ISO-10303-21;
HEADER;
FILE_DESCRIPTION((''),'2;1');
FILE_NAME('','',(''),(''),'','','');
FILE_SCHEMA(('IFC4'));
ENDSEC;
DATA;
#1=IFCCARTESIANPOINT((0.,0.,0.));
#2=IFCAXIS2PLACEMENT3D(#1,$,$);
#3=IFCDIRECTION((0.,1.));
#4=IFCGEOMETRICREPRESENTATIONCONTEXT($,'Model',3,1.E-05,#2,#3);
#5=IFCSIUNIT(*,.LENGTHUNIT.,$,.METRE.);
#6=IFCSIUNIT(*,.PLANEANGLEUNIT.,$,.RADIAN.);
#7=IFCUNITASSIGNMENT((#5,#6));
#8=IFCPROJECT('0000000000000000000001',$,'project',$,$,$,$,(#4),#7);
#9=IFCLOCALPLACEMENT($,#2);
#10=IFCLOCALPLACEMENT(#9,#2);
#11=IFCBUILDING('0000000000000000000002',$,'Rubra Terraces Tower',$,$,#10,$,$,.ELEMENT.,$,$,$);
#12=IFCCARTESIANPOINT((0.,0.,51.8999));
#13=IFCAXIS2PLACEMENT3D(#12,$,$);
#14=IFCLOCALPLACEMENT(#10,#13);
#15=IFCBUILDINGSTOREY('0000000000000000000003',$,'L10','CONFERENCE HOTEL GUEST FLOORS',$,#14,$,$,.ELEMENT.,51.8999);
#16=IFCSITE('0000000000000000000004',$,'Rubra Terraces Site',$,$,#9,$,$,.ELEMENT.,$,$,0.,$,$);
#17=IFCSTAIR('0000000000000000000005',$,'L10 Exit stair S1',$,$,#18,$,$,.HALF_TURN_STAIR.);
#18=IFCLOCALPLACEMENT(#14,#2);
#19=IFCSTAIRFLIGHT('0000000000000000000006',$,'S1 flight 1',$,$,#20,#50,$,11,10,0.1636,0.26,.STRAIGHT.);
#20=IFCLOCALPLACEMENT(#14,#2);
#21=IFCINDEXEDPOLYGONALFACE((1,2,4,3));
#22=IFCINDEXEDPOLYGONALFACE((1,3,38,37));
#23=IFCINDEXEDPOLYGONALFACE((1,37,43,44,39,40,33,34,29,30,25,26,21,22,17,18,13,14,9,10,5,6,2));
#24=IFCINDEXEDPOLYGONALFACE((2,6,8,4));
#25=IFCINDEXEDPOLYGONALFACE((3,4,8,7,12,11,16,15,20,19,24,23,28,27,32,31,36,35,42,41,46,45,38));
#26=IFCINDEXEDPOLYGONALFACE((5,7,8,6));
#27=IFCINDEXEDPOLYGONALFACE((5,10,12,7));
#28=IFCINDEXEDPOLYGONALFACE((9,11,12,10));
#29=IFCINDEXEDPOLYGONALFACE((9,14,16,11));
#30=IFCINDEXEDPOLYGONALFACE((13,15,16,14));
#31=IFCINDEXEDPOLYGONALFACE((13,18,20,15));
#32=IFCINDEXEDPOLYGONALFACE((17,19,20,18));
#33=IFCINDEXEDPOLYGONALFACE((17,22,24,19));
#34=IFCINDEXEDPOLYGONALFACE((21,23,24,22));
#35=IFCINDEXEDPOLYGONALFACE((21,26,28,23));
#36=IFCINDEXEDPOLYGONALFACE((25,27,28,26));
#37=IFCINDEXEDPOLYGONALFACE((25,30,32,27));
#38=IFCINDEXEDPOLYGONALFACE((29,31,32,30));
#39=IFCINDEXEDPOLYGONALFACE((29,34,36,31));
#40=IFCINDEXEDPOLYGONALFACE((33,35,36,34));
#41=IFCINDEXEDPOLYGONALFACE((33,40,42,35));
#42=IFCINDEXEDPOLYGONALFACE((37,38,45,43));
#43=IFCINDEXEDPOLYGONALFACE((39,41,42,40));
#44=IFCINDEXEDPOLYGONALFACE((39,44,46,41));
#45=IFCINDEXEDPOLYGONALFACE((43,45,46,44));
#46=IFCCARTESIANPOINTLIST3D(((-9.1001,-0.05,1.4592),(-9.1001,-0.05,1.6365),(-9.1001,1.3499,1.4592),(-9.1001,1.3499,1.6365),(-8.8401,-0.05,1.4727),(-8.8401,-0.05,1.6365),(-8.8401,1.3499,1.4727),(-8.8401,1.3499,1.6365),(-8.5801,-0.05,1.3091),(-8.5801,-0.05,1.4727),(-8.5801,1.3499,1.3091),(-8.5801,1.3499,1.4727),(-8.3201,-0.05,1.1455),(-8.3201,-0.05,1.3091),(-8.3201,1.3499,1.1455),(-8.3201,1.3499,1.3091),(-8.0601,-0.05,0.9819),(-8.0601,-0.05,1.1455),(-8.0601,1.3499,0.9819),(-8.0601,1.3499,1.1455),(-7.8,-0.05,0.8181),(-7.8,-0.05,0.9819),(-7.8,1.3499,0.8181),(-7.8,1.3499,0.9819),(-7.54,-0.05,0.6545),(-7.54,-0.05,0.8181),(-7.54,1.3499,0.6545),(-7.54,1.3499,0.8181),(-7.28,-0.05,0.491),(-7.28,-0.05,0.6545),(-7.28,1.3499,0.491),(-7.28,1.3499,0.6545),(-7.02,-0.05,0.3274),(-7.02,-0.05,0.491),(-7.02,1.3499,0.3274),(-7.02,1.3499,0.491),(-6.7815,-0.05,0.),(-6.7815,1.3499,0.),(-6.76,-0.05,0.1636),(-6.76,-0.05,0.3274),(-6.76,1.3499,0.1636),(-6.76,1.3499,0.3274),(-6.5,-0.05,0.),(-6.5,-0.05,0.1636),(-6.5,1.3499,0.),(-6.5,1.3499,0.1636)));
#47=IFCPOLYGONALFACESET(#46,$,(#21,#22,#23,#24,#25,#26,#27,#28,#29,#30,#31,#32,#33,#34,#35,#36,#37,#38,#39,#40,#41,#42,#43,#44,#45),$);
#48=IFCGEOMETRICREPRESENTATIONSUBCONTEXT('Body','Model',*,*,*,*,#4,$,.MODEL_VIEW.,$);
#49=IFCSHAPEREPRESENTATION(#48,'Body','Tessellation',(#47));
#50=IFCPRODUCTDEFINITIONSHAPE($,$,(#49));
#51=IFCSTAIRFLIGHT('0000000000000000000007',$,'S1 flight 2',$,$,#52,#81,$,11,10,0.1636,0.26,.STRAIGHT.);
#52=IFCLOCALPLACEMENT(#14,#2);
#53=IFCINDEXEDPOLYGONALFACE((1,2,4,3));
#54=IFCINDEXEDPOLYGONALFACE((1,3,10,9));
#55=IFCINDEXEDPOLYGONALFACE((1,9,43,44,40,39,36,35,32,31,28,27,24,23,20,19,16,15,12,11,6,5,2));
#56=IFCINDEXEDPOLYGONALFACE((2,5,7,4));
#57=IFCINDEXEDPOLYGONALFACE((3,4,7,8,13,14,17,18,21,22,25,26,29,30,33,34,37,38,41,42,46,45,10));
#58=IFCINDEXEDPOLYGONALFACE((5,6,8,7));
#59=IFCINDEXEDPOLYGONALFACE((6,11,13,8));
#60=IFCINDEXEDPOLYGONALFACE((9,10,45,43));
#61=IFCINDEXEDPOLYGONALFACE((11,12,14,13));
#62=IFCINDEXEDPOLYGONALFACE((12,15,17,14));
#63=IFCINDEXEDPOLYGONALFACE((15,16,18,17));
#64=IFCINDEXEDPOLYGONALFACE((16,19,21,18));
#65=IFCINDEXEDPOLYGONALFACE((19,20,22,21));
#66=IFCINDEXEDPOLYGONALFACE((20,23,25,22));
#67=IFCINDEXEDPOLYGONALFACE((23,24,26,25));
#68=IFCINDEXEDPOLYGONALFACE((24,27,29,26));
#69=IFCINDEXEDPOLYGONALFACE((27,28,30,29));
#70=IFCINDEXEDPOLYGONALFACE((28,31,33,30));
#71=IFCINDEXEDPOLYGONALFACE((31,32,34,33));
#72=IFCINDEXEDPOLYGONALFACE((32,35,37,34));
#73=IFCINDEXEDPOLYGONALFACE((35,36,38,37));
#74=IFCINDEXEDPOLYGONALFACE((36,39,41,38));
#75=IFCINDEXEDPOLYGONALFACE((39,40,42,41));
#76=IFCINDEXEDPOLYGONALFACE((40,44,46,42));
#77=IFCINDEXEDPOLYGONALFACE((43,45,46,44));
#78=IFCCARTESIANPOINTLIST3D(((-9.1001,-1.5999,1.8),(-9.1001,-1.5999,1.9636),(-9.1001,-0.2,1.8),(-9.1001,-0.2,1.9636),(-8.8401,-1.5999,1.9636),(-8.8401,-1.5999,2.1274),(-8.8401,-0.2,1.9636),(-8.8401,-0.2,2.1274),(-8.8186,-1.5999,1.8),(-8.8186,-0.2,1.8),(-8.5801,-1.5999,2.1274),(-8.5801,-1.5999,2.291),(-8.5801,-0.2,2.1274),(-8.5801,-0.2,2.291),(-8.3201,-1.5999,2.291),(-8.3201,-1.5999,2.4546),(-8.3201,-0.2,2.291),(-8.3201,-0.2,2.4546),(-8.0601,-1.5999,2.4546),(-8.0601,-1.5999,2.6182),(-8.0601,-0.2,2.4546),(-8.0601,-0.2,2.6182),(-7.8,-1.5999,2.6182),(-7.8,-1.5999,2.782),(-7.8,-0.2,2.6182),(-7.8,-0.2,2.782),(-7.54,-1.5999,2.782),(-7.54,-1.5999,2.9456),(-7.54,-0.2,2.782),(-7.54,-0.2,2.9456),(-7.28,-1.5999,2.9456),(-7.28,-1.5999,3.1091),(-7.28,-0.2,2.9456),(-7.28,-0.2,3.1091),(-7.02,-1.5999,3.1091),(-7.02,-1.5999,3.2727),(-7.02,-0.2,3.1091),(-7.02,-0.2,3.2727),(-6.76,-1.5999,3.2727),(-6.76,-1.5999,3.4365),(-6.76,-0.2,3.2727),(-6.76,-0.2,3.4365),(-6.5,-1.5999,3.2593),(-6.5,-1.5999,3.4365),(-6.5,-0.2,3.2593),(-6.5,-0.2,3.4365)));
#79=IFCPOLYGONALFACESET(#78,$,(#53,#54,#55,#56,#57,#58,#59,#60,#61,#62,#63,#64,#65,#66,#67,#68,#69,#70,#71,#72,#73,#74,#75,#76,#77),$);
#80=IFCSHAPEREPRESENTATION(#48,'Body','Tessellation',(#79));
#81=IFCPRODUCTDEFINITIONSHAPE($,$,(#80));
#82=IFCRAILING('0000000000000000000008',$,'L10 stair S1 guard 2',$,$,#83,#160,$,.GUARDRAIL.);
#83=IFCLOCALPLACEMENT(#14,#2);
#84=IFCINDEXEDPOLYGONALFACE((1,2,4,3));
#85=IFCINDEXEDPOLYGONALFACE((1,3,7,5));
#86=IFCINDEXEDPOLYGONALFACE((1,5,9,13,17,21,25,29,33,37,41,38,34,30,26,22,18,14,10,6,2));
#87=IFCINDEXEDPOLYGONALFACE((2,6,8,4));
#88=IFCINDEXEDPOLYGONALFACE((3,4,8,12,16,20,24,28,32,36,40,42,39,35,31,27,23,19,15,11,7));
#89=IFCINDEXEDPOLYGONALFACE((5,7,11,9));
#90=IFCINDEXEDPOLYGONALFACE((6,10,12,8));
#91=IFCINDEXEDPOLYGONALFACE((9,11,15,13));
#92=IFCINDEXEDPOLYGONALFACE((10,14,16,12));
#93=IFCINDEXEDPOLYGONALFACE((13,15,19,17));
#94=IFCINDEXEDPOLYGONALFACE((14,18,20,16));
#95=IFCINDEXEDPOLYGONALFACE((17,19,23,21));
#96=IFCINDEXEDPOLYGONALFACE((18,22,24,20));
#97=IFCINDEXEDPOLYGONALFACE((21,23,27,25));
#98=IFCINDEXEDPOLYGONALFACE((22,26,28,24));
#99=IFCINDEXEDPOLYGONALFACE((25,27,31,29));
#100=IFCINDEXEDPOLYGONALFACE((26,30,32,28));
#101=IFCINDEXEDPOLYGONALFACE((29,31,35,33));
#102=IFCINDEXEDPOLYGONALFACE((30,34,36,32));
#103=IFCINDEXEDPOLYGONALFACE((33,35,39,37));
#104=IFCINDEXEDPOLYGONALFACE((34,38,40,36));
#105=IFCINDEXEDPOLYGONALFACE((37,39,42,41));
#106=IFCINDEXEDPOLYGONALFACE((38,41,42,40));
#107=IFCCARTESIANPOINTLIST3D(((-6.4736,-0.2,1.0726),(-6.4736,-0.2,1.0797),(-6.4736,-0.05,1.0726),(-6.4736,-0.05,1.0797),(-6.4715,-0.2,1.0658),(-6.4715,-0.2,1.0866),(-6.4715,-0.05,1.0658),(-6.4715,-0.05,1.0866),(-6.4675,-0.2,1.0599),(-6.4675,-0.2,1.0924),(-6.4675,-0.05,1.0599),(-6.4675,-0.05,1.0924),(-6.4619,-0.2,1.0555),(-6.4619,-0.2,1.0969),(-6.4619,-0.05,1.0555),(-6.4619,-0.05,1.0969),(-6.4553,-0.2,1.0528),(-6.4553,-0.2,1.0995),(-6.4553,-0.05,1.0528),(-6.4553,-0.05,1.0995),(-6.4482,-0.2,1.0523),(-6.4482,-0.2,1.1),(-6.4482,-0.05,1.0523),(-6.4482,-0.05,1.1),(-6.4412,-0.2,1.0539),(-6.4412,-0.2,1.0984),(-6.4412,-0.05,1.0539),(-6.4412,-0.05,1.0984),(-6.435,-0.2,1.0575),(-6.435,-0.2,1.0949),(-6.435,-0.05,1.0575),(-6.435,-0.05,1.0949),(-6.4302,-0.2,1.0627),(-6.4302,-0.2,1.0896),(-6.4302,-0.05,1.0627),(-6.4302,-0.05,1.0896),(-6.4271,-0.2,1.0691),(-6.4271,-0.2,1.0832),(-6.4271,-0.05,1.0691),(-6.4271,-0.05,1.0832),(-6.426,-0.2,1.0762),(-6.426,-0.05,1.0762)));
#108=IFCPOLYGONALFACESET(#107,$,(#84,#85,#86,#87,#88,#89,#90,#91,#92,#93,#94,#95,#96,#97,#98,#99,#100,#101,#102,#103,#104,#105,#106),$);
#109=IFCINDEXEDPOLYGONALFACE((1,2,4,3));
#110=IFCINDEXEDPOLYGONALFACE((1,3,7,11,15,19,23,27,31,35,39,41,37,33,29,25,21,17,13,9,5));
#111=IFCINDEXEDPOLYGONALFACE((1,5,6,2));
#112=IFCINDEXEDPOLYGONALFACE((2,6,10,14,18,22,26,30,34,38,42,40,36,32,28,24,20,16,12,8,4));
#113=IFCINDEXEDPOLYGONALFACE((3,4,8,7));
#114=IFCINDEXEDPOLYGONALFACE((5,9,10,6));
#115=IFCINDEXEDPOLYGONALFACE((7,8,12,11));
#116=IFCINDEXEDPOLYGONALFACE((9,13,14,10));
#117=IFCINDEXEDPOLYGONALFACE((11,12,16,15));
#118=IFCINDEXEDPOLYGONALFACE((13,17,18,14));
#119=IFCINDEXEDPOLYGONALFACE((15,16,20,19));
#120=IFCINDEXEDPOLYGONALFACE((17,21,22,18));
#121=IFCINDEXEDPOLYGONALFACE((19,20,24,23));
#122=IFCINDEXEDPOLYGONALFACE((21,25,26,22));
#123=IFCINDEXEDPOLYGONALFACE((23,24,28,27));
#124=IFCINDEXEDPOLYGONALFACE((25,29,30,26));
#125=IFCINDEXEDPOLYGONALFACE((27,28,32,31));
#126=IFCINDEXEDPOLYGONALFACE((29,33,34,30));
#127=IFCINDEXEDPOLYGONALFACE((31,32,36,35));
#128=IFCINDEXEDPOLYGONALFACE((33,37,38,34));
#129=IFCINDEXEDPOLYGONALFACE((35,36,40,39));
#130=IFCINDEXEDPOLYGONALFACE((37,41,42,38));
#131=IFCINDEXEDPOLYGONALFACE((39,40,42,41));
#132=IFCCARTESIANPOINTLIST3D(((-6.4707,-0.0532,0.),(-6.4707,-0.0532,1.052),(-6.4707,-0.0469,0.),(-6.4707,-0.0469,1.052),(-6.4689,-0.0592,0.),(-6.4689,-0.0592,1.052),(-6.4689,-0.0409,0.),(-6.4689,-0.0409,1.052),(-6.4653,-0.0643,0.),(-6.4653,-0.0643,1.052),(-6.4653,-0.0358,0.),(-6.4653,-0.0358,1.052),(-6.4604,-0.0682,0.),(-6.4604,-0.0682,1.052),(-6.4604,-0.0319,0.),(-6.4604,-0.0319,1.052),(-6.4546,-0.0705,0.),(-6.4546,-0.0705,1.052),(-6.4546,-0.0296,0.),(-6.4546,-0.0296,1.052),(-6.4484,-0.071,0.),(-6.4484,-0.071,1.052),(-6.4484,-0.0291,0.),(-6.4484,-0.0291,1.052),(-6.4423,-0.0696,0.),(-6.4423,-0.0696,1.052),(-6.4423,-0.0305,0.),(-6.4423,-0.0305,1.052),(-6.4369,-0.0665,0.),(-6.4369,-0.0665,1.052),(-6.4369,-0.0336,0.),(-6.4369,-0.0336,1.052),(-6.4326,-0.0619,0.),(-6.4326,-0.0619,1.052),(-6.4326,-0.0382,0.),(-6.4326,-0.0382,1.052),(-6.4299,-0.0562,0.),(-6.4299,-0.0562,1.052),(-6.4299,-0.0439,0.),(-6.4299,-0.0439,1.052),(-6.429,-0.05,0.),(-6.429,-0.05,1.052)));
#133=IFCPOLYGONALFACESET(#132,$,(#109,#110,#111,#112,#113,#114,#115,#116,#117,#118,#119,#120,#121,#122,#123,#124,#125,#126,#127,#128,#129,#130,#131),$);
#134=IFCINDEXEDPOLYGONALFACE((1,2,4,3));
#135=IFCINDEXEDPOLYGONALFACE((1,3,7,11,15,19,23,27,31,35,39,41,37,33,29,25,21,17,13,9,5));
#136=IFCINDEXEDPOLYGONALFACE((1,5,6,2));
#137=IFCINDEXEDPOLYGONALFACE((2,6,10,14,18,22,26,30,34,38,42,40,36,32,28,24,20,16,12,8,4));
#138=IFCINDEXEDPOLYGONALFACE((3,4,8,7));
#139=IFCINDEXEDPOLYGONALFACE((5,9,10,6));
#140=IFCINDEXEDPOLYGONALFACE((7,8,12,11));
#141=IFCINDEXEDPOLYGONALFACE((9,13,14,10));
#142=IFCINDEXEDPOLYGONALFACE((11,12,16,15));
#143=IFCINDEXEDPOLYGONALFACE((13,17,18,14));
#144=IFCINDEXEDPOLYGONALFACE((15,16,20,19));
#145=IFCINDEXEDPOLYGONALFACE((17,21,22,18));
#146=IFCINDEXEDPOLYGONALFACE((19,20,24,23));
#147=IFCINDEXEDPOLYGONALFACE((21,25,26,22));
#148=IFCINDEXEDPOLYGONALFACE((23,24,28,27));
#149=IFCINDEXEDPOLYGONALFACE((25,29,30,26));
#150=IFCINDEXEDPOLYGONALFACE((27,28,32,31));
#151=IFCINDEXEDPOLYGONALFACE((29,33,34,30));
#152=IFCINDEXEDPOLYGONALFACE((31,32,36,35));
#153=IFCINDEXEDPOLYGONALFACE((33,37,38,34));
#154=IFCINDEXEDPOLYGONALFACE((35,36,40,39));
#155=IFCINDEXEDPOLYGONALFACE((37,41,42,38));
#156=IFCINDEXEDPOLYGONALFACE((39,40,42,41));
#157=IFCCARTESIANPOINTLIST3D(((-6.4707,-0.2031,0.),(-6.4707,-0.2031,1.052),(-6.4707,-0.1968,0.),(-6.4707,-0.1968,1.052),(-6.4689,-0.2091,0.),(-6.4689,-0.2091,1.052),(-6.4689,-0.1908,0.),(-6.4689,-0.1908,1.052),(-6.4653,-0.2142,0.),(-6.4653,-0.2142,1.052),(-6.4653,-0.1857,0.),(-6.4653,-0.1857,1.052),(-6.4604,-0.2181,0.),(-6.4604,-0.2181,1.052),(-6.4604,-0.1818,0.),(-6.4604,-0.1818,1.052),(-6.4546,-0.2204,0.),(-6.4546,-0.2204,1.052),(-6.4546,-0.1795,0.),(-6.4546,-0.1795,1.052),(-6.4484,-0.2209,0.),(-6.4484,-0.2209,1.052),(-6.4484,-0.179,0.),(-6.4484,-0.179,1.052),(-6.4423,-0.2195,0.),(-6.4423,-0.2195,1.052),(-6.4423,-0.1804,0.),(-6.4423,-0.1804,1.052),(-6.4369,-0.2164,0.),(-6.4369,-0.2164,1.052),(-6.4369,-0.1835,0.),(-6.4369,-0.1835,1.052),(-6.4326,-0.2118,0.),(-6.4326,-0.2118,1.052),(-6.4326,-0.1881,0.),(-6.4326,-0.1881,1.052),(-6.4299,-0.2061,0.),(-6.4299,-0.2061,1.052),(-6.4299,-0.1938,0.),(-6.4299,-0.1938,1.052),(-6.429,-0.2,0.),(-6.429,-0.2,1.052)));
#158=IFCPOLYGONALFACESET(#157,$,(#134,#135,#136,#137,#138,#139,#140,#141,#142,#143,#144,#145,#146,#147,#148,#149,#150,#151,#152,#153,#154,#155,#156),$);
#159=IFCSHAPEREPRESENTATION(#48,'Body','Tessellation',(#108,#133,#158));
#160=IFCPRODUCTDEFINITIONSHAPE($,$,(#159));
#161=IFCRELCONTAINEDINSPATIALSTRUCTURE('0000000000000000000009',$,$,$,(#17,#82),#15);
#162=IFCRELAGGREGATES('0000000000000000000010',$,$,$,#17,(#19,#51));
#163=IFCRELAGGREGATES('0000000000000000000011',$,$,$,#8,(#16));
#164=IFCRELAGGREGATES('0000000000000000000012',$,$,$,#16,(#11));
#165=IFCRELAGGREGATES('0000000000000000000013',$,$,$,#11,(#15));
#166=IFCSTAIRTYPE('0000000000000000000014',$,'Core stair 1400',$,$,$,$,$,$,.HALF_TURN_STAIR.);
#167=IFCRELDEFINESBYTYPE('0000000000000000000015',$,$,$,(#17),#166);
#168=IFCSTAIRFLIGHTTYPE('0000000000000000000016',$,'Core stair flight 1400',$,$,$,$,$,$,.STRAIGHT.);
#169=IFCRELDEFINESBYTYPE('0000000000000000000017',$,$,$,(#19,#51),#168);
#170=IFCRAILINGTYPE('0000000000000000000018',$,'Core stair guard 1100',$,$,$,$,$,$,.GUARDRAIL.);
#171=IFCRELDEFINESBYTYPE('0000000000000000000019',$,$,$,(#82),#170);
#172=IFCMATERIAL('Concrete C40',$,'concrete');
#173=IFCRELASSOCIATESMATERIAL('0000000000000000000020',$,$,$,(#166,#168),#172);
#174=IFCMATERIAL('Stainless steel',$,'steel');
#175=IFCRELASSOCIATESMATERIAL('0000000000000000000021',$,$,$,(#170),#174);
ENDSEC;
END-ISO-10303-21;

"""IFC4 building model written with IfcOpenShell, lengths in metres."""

from ifc_helpers import new_model, si_unit, direction, frame, origin, origin_2d, place, context, subcontext, project, spatial, polyline, circle, outline, extrude, material, type_object, element, aggregate, save


model = new_model("IFC4")

# Units and contexts
model_context = context("Model", 3, precision=1e-05, world=origin(), true_north=direction((0.0, 1.0)))
body_context = subcontext(model_context, "Body", "Model", "MODEL_VIEW")
ifc_project = project(units=[si_unit("LENGTHUNIT", "METRE"), si_unit("PLANEANGLEUNIT", "RADIAN")], contexts=[model_context])

# Site, building, storey
site_placement = place(None, origin())
site = spatial("IfcSite", under=ifc_project, at=site_placement, Name="Rubra Terraces Site", CompositionType="ELEMENT", RefElevation=0.0)
building_placement = place(site_placement, origin())
building = spatial("IfcBuilding", under=site, at=building_placement, Name="Rubra Terraces Tower", CompositionType="ELEMENT")
storey_placement = place(building_placement, frame((0.0, 0.0, 51.8999)))
storey = spatial("IfcBuildingStorey", under=building, at=storey_placement, Name="L10", Description="CONFERENCE HOTEL GUEST FLOORS", CompositionType="ELEMENT", Elevation=51.8999)

# Shared definitions
ifc_material_1 = material(Name="Concrete C40", Category="concrete")

# Stair, stair flights
stair_type = type_object("IfcStairType", Name="Core stair 1400", PredefinedType="HALF_TURN_STAIR", material=ifc_material_1)
stair_placement = place(storey_placement, origin())
stair = element("IfcStair", 1, at=stair_placement, inside=storey, type_object=stair_type, Name="L10 Exit stair S1", PredefinedType="HALF_TURN_STAIR")
stair_flight_type = type_object("IfcStairFlightType", Name="Core stair flight 1400", PredefinedType="STRAIGHT", material=ifc_material_1)
stair_flight_1_placement = place(storey_placement, frame((-6.5, 0.6499, 0.0), z_axis=(0.0, 0.0, 1.0), x_axis=(-1.0, 0.0, 0.0)))
stair_flight_1 = element("IfcStairFlight", 2, at=stair_flight_1_placement, type_object=stair_flight_type, Name="S1 flight 1", NumberOfRisers=11, NumberOfTreads=10, PredefinedType="STRAIGHT", RiserHeight=0.1636, TreadLength=0.26, context=body_context, shape_type="SweptSolid", body=[
    extrude(outline(polyline([(0.0, 0.0), (0.0, 0.1636), (0.26, 0.1636), (0.26, 0.3274), (0.52, 0.3274), (0.52, 0.491), (0.78, 0.491), (0.78, 0.6545), (1.04, 0.6545), (1.04, 0.8181), (1.3, 0.8181), (1.3, 0.9819), (1.5601, 0.9819), (1.5601, 1.1455), (1.8201, 1.1455), (1.8201, 1.3091), (2.0801, 1.3091), (2.0801, 1.4727), (2.3401, 1.4727), (2.3401, 1.6365), (2.6001, 1.6365), (2.6001, 1.8), (2.6001, 1.4592), (0.2815, 0.0), (0.0, 0.0)])), frame((0.0, 0.7, 0.0), z_axis=(0.0, -1.0, 0.0), x_axis=(1.0, 0.0, 0.0)), (0.0, 0.0, 1.0), 1.3999),
])
stair_flight_2_placement = place(storey_placement, frame((-9.1001, -0.8999, 1.8), z_axis=(0.0, 0.0, 1.0), x_axis=(1.0, 0.0, 0.0)))
stair_flight_2 = element("IfcStairFlight", 3, at=stair_flight_2_placement, type_object=stair_flight_type, Name="S1 flight 2", NumberOfRisers=11, NumberOfTreads=10, PredefinedType="STRAIGHT", RiserHeight=0.1636, TreadLength=0.26, context=body_context, shape_type="SweptSolid", body=[
    extrude(outline(polyline([(0.0, 0.0), (0.0, 0.1636), (0.26, 0.1636), (0.26, 0.3274), (0.52, 0.3274), (0.52, 0.491), (0.78, 0.491), (0.78, 0.6545), (1.04, 0.6545), (1.04, 0.8181), (1.3, 0.8181), (1.3, 0.9819), (1.5601, 0.9819), (1.5601, 1.1455), (1.8201, 1.1455), (1.8201, 1.3091), (2.0801, 1.3091), (2.0801, 1.4727), (2.3401, 1.4727), (2.3401, 1.6365), (2.6001, 1.6365), (2.6001, 1.8), (2.6001, 1.4592), (0.2815, 0.0), (0.0, 0.0)])), frame((0.0, 0.7, 0.0), z_axis=(0.0, -1.0, 0.0), x_axis=(1.0, 0.0, 0.0)), (0.0, 0.0, 1.0), 1.3999),
])
aggregate(stair, [stair_flight_1, stair_flight_2])

# Railing
ifc_material_2 = material(Name="Stainless steel", Category="steel")
railing_type_1 = type_object("IfcRailingType", Name="Core stair guard 1100", PredefinedType="GUARDRAIL", material=ifc_material_2)
railing_1_placement = place(storey_placement, frame((-6.45, -0.05, 0.0)))
element("IfcRailing", 4, at=railing_1_placement, inside=storey, type_object=railing_type_1, Name="L10 stair S1 guard 2", PredefinedType="GUARDRAIL", context=body_context, shape_type="SweptSolid", body=[
    extrude(circle(Radius=0.0239, at=origin_2d()), frame((0.0, 0.0, 1.0762), z_axis=(0.0, -1.0, 0.0), x_axis=(1.0, 0.0, 0.0)), (0.0, 0.0, 1.0), 0.1499),
    extrude(circle(Radius=0.021, at=origin_2d()), origin(), (0.0, 0.0, 1.0), 1.052),
    extrude(circle(Radius=0.021, at=origin_2d()), frame((0.0, -0.1499, 0.0)), (0.0, 0.0, 1.0), 1.052),
])

save(model, "model.ifc")
